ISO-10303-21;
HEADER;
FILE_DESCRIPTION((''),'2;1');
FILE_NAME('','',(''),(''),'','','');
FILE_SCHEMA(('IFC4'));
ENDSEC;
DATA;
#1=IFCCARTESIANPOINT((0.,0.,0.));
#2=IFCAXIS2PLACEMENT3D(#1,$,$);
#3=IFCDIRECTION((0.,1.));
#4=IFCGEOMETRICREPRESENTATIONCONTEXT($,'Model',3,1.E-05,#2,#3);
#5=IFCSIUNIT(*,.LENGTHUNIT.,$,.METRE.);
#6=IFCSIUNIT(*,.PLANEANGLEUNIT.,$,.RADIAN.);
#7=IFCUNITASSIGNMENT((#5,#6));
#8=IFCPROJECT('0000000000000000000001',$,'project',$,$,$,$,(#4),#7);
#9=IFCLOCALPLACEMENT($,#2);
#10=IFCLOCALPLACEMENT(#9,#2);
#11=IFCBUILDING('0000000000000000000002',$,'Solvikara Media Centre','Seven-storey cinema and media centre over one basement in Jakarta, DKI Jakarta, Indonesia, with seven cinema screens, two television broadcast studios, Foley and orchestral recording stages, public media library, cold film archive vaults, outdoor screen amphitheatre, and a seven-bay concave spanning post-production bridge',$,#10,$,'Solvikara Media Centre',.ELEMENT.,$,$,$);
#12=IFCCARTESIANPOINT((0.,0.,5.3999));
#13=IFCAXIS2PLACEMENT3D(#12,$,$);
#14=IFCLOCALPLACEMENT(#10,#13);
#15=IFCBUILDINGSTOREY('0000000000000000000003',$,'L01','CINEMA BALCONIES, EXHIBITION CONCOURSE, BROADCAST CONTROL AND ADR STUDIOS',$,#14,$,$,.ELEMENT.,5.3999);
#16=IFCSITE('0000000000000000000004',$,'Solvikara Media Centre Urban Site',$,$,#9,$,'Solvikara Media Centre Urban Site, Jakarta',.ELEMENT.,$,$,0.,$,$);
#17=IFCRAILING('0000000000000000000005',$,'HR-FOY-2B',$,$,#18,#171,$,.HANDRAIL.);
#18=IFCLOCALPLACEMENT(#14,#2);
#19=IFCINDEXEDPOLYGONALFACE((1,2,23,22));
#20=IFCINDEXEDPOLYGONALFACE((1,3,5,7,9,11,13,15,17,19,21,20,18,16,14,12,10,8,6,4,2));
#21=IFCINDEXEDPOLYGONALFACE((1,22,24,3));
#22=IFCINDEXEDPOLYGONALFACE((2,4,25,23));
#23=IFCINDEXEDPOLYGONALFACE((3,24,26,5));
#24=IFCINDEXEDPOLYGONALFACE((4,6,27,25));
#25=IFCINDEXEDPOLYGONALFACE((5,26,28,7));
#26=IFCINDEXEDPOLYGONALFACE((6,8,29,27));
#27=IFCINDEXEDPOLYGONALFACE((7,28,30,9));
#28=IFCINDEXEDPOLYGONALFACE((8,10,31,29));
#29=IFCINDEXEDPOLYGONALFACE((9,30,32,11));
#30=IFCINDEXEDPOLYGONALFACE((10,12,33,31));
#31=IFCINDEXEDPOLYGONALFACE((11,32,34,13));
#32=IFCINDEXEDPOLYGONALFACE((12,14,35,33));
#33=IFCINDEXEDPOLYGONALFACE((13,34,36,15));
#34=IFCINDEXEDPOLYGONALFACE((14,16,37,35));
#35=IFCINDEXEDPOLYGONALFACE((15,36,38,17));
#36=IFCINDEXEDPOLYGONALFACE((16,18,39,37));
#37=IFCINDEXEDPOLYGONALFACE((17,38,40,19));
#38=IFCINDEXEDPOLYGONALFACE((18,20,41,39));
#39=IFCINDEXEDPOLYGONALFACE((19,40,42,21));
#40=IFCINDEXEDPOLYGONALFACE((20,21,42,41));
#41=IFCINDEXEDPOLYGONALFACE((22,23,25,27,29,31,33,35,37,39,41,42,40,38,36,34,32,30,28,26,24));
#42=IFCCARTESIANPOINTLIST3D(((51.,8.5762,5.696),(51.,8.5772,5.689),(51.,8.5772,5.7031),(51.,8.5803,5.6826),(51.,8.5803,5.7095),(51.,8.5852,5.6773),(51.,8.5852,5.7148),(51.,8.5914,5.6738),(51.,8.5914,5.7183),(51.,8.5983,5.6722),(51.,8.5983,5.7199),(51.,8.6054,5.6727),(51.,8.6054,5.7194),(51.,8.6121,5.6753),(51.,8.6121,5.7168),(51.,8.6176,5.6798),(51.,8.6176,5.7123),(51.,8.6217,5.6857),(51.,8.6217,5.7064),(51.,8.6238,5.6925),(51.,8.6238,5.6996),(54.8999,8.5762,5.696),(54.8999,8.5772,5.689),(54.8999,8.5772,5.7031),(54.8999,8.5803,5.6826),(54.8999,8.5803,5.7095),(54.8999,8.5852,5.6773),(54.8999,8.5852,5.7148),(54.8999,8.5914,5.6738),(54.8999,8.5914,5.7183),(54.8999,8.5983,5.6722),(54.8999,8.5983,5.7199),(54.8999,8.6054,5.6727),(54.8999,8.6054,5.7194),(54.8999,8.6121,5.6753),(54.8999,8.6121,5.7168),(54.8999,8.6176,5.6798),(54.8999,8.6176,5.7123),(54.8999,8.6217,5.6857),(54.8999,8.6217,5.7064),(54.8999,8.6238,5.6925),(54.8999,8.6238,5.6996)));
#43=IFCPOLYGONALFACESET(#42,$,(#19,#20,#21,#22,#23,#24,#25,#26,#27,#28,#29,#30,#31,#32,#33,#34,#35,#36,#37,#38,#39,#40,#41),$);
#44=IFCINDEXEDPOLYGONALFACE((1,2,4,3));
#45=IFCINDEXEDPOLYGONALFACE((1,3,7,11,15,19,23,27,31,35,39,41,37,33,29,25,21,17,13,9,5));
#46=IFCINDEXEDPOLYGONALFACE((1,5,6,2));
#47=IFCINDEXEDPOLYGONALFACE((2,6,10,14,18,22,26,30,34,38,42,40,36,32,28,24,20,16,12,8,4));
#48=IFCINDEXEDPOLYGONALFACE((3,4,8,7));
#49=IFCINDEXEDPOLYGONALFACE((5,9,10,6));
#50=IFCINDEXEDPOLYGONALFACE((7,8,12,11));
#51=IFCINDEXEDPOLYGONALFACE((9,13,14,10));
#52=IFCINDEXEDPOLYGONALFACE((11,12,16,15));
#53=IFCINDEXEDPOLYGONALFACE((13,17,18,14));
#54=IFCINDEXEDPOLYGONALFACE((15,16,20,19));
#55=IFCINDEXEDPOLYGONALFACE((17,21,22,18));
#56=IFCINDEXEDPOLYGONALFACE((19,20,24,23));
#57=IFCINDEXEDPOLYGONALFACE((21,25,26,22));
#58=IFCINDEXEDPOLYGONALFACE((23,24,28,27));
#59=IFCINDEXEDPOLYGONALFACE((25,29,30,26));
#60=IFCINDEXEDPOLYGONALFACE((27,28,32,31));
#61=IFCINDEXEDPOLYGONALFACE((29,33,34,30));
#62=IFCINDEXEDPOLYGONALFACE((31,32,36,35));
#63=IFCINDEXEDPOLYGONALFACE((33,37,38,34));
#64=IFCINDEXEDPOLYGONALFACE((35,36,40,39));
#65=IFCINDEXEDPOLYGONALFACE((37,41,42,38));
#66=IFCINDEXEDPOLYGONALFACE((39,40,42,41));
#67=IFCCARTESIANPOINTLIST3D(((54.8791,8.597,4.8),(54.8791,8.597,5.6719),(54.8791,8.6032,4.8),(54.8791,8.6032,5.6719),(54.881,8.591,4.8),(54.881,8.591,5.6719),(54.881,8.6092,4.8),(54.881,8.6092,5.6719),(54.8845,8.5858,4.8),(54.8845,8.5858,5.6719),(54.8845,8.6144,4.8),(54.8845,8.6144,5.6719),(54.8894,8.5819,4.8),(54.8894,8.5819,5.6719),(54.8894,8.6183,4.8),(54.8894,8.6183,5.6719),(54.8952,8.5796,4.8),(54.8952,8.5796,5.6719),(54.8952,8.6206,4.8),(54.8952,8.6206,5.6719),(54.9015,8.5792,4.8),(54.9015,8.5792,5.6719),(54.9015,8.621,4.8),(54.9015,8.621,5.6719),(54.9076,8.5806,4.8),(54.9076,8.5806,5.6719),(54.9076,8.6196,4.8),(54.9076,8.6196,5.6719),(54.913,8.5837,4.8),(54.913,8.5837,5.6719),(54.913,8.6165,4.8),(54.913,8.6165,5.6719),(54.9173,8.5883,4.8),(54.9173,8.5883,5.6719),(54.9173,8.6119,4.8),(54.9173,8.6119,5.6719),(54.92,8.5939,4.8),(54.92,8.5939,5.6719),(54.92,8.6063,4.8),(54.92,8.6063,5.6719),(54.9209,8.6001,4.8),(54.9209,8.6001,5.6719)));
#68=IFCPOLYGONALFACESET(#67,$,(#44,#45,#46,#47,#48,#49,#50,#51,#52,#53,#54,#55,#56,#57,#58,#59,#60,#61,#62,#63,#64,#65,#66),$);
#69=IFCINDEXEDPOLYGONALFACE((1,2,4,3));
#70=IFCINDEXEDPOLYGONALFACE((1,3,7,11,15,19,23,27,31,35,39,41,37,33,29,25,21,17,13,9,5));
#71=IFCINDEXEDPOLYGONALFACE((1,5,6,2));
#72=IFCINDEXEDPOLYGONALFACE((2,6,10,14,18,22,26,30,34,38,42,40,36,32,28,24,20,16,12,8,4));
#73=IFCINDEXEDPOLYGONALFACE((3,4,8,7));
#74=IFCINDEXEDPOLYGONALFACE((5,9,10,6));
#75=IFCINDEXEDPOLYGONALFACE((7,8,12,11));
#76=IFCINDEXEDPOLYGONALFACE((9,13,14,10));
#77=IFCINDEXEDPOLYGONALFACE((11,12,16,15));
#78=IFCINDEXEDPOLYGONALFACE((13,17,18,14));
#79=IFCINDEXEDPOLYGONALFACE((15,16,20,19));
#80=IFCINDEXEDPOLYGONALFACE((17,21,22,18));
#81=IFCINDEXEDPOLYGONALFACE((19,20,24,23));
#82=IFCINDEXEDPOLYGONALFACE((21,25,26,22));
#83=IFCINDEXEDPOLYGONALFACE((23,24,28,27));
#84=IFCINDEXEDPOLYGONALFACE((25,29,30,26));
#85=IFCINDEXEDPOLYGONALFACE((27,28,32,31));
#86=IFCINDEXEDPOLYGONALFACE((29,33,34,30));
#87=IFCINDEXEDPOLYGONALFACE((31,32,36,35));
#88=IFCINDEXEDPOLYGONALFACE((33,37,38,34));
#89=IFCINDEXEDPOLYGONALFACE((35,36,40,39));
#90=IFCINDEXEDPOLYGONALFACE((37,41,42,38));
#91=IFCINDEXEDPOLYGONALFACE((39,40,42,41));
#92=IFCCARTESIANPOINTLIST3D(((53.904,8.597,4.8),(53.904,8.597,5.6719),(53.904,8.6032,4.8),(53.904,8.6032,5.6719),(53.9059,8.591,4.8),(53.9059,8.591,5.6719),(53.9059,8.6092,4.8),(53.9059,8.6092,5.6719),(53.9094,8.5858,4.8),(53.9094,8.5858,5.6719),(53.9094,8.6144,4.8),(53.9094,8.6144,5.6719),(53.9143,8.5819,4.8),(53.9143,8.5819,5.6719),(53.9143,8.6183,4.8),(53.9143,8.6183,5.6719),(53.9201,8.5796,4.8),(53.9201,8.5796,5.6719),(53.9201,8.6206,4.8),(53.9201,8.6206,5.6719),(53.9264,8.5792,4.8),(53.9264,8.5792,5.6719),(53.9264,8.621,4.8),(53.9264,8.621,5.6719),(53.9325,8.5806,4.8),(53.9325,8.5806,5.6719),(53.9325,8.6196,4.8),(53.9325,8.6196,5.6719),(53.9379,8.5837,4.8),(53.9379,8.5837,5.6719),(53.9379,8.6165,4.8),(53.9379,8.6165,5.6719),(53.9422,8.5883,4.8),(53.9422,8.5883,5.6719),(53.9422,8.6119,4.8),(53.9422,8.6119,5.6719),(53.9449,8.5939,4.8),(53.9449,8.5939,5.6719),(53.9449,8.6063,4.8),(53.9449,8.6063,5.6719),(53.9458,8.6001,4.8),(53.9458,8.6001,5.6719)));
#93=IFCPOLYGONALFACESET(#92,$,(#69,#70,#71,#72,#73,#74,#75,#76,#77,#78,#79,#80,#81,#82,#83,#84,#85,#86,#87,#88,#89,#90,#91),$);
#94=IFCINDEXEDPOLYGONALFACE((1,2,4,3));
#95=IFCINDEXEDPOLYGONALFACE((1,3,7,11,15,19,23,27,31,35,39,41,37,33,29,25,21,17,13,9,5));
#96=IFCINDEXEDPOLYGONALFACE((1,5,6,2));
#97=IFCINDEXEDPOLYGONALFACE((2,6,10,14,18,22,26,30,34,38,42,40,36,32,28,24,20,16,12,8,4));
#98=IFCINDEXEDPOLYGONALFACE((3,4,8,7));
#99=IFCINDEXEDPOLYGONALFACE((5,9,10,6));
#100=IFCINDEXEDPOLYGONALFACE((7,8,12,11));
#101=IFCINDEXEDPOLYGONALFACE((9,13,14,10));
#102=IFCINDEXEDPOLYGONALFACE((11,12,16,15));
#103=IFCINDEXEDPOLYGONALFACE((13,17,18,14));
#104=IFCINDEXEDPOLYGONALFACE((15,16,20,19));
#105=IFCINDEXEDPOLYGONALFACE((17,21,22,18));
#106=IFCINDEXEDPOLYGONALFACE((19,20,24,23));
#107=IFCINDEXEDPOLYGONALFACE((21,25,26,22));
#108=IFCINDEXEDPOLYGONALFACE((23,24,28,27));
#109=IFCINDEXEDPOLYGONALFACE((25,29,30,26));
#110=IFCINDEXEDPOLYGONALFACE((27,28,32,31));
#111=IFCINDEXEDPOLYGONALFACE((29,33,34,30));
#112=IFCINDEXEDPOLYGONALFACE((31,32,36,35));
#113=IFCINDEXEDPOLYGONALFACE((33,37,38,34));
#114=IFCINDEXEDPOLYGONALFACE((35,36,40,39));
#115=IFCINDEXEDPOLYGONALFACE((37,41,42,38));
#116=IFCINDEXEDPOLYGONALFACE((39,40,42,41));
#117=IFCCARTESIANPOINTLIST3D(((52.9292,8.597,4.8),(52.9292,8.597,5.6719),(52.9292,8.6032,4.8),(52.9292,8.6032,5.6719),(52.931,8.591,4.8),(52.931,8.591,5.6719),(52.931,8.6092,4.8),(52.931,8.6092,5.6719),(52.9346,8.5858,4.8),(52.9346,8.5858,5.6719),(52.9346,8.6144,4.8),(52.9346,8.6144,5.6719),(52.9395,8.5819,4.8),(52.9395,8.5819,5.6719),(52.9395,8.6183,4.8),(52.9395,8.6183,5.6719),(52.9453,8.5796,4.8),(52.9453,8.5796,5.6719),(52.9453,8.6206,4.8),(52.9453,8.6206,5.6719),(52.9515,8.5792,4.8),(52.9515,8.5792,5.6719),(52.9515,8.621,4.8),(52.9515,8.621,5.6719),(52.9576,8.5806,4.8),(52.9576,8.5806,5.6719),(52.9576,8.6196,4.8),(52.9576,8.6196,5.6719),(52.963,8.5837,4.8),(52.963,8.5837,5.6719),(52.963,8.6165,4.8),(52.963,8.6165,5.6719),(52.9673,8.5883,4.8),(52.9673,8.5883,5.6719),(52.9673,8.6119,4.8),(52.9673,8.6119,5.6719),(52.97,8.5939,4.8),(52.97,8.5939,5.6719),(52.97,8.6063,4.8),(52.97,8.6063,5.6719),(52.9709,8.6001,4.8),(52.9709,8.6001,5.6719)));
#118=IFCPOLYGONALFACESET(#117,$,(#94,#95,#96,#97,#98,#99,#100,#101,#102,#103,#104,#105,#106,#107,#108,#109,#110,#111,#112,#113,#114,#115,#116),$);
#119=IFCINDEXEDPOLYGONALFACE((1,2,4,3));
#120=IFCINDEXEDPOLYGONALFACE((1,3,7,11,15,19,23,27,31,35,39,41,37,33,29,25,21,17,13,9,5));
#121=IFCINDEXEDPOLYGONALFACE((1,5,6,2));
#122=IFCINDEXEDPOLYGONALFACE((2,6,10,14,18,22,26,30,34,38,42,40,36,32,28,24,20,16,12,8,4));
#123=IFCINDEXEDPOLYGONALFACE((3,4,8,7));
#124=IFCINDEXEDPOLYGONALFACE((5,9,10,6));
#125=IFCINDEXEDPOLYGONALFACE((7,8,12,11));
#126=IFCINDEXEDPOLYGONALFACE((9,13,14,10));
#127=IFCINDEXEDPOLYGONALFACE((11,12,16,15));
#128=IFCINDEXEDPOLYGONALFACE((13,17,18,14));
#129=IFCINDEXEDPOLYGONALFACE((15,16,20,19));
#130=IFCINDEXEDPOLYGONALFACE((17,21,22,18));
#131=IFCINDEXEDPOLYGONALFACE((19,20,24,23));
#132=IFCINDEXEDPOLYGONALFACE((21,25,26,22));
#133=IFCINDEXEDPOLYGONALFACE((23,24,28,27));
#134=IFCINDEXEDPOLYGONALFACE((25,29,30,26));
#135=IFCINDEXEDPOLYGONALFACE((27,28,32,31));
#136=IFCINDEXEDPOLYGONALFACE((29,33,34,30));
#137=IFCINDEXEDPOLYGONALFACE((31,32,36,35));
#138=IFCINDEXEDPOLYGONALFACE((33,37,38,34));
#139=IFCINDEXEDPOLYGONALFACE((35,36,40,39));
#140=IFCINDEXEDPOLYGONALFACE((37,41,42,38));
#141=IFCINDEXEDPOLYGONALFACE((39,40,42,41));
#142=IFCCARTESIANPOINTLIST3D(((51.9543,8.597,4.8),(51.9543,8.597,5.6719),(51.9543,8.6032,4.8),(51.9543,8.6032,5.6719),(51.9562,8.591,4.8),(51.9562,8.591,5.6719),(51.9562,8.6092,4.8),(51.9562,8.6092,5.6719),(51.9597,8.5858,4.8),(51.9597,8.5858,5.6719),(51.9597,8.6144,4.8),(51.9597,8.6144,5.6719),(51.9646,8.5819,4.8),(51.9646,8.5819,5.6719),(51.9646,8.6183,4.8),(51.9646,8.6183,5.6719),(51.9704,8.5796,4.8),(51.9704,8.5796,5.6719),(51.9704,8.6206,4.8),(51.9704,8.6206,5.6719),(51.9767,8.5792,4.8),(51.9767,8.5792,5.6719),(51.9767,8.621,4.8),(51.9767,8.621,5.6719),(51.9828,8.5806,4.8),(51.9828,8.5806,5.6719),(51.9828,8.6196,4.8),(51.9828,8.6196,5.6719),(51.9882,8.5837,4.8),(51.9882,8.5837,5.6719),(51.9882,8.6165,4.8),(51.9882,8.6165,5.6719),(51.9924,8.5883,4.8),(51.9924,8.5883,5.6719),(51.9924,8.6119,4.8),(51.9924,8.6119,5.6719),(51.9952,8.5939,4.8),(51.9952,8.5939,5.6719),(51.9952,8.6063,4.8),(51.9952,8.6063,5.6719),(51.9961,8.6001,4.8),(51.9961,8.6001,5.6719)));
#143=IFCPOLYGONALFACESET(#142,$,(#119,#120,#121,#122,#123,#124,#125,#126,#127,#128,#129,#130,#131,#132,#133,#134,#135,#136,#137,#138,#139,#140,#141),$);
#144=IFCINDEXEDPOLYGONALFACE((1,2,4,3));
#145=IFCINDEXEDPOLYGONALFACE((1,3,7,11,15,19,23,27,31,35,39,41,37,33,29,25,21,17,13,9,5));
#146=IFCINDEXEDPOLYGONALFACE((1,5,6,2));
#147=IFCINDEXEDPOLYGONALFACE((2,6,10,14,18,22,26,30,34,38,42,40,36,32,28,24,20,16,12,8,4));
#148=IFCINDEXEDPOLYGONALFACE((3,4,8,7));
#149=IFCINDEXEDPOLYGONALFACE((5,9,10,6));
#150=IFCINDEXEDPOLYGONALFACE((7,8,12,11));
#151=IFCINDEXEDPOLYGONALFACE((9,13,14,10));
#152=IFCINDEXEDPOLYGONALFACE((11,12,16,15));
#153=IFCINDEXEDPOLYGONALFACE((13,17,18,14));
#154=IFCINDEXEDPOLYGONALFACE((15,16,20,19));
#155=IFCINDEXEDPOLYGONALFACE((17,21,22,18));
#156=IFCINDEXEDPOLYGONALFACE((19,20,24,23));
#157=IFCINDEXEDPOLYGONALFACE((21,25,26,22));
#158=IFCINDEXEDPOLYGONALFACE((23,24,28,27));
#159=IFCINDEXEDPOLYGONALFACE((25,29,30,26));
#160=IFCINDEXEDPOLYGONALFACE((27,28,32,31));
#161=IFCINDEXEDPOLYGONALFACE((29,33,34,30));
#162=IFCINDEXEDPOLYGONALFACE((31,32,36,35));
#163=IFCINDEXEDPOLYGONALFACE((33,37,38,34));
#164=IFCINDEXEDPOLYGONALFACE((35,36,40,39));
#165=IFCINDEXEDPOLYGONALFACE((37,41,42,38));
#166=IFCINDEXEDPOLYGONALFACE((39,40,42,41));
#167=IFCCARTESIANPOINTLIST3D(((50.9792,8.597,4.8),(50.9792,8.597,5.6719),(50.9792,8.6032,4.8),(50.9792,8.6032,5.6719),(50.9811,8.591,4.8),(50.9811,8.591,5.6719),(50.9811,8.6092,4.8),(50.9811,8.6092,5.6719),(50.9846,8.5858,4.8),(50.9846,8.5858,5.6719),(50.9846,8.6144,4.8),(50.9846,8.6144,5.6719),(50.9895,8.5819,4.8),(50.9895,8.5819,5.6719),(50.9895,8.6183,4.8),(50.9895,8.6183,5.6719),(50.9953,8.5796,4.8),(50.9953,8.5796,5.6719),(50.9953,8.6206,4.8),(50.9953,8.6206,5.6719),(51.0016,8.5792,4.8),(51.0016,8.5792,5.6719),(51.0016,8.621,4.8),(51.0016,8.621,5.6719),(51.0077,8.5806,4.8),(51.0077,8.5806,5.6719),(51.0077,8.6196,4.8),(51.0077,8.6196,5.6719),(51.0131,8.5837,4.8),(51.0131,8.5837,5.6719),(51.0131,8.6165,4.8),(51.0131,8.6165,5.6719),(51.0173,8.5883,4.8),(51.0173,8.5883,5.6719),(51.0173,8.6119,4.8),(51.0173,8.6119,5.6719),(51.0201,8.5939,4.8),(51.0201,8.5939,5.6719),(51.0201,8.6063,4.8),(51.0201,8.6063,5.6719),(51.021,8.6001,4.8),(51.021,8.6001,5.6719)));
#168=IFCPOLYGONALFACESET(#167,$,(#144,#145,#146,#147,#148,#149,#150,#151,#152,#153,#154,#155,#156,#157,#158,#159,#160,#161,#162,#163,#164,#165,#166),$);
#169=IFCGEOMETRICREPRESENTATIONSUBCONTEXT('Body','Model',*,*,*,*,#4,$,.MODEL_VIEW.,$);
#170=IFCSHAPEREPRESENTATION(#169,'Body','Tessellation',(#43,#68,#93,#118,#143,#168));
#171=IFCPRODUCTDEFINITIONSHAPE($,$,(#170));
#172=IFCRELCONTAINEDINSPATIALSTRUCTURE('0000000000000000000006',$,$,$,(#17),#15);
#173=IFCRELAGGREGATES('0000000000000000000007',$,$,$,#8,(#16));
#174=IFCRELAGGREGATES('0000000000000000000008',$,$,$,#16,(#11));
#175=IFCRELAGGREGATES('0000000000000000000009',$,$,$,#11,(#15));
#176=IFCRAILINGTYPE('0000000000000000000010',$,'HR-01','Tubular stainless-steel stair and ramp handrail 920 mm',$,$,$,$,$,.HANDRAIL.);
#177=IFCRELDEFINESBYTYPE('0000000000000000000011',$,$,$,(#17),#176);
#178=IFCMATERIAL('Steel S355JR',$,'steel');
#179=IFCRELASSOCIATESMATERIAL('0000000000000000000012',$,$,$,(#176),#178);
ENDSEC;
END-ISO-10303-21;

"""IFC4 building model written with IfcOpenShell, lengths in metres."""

from ifc_helpers import new_model, si_unit, direction, frame, origin, origin_2d, place, context, subcontext, project, spatial, circle, extrude, material, type_object, element, save


model = new_model("IFC4")

# Units and contexts
model_context = context("Model", 3, precision=1e-05, world=origin(), true_north=direction((0.0, 1.0)))
body_context = subcontext(model_context, "Body", "Model", "MODEL_VIEW")
ifc_project = project(units=[si_unit("LENGTHUNIT", "METRE"), si_unit("PLANEANGLEUNIT", "RADIAN")], contexts=[model_context])

# Site, building, storey
site_placement = place(None, origin())
site = spatial("IfcSite", under=ifc_project, at=site_placement, Name="Solvikara Media Centre Urban Site", LongName="Solvikara Media Centre Urban Site, Jakarta", CompositionType="ELEMENT", RefElevation=0.0)
building_placement = place(site_placement, origin())
building = spatial("IfcBuilding", under=site, at=building_placement, Name="Solvikara Media Centre", Description="Seven-storey cinema and media centre over one basement in Jakarta, DKI Jakarta, Indonesia, with seven cinema screens, two television broadcast studios, Foley and orchestral recording stages, public media library, cold film archive vaults, outdoor screen amphitheatre, and a seven-bay concave spanning post-production bridge", LongName="Solvikara Media Centre", CompositionType="ELEMENT")
storey_placement = place(building_placement, frame((0.0, 0.0, 5.3999)))
storey = spatial("IfcBuildingStorey", under=building, at=storey_placement, Name="L01", Description="CINEMA BALCONIES, EXHIBITION CONCOURSE, BROADCAST CONTROL AND ADR STUDIOS", CompositionType="ELEMENT", Elevation=5.3999)

# Shared definitions
ifc_material_1 = material(Name="Steel S355JR", Category="steel")

# Railing
railing_type_1 = type_object("IfcRailingType", Name="HR-01", Description="Tubular stainless-steel stair and ramp handrail 920 mm", PredefinedType="HANDRAIL", material=ifc_material_1)
railing_1_placement = place(storey_placement, frame((54.8999, 8.6001, 4.8)))
element("IfcRailing", 1, at=railing_1_placement, inside=storey, type_object=railing_type_1, Name="HR-FOY-2B", PredefinedType="HANDRAIL", context=body_context, shape_type="SweptSolid", body=[
    extrude(circle(Radius=0.0239, at=origin_2d()), frame((0.0, 0.0, 0.896), z_axis=(-1.0, 0.0, 0.0), x_axis=(0.0, -1.0, 0.0)), (0.0, 0.0, 1.0), 3.8999),
    extrude(circle(Radius=0.021, at=origin_2d()), origin(), (0.0, 0.0, 1.0), 0.8718),
    extrude(circle(Radius=0.021, at=origin_2d()), frame((-0.9751, 0.0, 0.0)), (0.0, 0.0, 1.0), 0.8718),
    extrude(circle(Radius=0.021, at=origin_2d()), frame((-1.95, 0.0, 0.0)), (0.0, 0.0, 1.0), 0.8718),
    extrude(circle(Radius=0.021, at=origin_2d()), frame((-2.9248, 0.0, 0.0)), (0.0, 0.0, 1.0), 0.8718),
    extrude(circle(Radius=0.021, at=origin_2d()), frame((-3.8999, 0.0, 0.0)), (0.0, 0.0, 1.0), 0.8718),
])

save(model, "model.ifc")
